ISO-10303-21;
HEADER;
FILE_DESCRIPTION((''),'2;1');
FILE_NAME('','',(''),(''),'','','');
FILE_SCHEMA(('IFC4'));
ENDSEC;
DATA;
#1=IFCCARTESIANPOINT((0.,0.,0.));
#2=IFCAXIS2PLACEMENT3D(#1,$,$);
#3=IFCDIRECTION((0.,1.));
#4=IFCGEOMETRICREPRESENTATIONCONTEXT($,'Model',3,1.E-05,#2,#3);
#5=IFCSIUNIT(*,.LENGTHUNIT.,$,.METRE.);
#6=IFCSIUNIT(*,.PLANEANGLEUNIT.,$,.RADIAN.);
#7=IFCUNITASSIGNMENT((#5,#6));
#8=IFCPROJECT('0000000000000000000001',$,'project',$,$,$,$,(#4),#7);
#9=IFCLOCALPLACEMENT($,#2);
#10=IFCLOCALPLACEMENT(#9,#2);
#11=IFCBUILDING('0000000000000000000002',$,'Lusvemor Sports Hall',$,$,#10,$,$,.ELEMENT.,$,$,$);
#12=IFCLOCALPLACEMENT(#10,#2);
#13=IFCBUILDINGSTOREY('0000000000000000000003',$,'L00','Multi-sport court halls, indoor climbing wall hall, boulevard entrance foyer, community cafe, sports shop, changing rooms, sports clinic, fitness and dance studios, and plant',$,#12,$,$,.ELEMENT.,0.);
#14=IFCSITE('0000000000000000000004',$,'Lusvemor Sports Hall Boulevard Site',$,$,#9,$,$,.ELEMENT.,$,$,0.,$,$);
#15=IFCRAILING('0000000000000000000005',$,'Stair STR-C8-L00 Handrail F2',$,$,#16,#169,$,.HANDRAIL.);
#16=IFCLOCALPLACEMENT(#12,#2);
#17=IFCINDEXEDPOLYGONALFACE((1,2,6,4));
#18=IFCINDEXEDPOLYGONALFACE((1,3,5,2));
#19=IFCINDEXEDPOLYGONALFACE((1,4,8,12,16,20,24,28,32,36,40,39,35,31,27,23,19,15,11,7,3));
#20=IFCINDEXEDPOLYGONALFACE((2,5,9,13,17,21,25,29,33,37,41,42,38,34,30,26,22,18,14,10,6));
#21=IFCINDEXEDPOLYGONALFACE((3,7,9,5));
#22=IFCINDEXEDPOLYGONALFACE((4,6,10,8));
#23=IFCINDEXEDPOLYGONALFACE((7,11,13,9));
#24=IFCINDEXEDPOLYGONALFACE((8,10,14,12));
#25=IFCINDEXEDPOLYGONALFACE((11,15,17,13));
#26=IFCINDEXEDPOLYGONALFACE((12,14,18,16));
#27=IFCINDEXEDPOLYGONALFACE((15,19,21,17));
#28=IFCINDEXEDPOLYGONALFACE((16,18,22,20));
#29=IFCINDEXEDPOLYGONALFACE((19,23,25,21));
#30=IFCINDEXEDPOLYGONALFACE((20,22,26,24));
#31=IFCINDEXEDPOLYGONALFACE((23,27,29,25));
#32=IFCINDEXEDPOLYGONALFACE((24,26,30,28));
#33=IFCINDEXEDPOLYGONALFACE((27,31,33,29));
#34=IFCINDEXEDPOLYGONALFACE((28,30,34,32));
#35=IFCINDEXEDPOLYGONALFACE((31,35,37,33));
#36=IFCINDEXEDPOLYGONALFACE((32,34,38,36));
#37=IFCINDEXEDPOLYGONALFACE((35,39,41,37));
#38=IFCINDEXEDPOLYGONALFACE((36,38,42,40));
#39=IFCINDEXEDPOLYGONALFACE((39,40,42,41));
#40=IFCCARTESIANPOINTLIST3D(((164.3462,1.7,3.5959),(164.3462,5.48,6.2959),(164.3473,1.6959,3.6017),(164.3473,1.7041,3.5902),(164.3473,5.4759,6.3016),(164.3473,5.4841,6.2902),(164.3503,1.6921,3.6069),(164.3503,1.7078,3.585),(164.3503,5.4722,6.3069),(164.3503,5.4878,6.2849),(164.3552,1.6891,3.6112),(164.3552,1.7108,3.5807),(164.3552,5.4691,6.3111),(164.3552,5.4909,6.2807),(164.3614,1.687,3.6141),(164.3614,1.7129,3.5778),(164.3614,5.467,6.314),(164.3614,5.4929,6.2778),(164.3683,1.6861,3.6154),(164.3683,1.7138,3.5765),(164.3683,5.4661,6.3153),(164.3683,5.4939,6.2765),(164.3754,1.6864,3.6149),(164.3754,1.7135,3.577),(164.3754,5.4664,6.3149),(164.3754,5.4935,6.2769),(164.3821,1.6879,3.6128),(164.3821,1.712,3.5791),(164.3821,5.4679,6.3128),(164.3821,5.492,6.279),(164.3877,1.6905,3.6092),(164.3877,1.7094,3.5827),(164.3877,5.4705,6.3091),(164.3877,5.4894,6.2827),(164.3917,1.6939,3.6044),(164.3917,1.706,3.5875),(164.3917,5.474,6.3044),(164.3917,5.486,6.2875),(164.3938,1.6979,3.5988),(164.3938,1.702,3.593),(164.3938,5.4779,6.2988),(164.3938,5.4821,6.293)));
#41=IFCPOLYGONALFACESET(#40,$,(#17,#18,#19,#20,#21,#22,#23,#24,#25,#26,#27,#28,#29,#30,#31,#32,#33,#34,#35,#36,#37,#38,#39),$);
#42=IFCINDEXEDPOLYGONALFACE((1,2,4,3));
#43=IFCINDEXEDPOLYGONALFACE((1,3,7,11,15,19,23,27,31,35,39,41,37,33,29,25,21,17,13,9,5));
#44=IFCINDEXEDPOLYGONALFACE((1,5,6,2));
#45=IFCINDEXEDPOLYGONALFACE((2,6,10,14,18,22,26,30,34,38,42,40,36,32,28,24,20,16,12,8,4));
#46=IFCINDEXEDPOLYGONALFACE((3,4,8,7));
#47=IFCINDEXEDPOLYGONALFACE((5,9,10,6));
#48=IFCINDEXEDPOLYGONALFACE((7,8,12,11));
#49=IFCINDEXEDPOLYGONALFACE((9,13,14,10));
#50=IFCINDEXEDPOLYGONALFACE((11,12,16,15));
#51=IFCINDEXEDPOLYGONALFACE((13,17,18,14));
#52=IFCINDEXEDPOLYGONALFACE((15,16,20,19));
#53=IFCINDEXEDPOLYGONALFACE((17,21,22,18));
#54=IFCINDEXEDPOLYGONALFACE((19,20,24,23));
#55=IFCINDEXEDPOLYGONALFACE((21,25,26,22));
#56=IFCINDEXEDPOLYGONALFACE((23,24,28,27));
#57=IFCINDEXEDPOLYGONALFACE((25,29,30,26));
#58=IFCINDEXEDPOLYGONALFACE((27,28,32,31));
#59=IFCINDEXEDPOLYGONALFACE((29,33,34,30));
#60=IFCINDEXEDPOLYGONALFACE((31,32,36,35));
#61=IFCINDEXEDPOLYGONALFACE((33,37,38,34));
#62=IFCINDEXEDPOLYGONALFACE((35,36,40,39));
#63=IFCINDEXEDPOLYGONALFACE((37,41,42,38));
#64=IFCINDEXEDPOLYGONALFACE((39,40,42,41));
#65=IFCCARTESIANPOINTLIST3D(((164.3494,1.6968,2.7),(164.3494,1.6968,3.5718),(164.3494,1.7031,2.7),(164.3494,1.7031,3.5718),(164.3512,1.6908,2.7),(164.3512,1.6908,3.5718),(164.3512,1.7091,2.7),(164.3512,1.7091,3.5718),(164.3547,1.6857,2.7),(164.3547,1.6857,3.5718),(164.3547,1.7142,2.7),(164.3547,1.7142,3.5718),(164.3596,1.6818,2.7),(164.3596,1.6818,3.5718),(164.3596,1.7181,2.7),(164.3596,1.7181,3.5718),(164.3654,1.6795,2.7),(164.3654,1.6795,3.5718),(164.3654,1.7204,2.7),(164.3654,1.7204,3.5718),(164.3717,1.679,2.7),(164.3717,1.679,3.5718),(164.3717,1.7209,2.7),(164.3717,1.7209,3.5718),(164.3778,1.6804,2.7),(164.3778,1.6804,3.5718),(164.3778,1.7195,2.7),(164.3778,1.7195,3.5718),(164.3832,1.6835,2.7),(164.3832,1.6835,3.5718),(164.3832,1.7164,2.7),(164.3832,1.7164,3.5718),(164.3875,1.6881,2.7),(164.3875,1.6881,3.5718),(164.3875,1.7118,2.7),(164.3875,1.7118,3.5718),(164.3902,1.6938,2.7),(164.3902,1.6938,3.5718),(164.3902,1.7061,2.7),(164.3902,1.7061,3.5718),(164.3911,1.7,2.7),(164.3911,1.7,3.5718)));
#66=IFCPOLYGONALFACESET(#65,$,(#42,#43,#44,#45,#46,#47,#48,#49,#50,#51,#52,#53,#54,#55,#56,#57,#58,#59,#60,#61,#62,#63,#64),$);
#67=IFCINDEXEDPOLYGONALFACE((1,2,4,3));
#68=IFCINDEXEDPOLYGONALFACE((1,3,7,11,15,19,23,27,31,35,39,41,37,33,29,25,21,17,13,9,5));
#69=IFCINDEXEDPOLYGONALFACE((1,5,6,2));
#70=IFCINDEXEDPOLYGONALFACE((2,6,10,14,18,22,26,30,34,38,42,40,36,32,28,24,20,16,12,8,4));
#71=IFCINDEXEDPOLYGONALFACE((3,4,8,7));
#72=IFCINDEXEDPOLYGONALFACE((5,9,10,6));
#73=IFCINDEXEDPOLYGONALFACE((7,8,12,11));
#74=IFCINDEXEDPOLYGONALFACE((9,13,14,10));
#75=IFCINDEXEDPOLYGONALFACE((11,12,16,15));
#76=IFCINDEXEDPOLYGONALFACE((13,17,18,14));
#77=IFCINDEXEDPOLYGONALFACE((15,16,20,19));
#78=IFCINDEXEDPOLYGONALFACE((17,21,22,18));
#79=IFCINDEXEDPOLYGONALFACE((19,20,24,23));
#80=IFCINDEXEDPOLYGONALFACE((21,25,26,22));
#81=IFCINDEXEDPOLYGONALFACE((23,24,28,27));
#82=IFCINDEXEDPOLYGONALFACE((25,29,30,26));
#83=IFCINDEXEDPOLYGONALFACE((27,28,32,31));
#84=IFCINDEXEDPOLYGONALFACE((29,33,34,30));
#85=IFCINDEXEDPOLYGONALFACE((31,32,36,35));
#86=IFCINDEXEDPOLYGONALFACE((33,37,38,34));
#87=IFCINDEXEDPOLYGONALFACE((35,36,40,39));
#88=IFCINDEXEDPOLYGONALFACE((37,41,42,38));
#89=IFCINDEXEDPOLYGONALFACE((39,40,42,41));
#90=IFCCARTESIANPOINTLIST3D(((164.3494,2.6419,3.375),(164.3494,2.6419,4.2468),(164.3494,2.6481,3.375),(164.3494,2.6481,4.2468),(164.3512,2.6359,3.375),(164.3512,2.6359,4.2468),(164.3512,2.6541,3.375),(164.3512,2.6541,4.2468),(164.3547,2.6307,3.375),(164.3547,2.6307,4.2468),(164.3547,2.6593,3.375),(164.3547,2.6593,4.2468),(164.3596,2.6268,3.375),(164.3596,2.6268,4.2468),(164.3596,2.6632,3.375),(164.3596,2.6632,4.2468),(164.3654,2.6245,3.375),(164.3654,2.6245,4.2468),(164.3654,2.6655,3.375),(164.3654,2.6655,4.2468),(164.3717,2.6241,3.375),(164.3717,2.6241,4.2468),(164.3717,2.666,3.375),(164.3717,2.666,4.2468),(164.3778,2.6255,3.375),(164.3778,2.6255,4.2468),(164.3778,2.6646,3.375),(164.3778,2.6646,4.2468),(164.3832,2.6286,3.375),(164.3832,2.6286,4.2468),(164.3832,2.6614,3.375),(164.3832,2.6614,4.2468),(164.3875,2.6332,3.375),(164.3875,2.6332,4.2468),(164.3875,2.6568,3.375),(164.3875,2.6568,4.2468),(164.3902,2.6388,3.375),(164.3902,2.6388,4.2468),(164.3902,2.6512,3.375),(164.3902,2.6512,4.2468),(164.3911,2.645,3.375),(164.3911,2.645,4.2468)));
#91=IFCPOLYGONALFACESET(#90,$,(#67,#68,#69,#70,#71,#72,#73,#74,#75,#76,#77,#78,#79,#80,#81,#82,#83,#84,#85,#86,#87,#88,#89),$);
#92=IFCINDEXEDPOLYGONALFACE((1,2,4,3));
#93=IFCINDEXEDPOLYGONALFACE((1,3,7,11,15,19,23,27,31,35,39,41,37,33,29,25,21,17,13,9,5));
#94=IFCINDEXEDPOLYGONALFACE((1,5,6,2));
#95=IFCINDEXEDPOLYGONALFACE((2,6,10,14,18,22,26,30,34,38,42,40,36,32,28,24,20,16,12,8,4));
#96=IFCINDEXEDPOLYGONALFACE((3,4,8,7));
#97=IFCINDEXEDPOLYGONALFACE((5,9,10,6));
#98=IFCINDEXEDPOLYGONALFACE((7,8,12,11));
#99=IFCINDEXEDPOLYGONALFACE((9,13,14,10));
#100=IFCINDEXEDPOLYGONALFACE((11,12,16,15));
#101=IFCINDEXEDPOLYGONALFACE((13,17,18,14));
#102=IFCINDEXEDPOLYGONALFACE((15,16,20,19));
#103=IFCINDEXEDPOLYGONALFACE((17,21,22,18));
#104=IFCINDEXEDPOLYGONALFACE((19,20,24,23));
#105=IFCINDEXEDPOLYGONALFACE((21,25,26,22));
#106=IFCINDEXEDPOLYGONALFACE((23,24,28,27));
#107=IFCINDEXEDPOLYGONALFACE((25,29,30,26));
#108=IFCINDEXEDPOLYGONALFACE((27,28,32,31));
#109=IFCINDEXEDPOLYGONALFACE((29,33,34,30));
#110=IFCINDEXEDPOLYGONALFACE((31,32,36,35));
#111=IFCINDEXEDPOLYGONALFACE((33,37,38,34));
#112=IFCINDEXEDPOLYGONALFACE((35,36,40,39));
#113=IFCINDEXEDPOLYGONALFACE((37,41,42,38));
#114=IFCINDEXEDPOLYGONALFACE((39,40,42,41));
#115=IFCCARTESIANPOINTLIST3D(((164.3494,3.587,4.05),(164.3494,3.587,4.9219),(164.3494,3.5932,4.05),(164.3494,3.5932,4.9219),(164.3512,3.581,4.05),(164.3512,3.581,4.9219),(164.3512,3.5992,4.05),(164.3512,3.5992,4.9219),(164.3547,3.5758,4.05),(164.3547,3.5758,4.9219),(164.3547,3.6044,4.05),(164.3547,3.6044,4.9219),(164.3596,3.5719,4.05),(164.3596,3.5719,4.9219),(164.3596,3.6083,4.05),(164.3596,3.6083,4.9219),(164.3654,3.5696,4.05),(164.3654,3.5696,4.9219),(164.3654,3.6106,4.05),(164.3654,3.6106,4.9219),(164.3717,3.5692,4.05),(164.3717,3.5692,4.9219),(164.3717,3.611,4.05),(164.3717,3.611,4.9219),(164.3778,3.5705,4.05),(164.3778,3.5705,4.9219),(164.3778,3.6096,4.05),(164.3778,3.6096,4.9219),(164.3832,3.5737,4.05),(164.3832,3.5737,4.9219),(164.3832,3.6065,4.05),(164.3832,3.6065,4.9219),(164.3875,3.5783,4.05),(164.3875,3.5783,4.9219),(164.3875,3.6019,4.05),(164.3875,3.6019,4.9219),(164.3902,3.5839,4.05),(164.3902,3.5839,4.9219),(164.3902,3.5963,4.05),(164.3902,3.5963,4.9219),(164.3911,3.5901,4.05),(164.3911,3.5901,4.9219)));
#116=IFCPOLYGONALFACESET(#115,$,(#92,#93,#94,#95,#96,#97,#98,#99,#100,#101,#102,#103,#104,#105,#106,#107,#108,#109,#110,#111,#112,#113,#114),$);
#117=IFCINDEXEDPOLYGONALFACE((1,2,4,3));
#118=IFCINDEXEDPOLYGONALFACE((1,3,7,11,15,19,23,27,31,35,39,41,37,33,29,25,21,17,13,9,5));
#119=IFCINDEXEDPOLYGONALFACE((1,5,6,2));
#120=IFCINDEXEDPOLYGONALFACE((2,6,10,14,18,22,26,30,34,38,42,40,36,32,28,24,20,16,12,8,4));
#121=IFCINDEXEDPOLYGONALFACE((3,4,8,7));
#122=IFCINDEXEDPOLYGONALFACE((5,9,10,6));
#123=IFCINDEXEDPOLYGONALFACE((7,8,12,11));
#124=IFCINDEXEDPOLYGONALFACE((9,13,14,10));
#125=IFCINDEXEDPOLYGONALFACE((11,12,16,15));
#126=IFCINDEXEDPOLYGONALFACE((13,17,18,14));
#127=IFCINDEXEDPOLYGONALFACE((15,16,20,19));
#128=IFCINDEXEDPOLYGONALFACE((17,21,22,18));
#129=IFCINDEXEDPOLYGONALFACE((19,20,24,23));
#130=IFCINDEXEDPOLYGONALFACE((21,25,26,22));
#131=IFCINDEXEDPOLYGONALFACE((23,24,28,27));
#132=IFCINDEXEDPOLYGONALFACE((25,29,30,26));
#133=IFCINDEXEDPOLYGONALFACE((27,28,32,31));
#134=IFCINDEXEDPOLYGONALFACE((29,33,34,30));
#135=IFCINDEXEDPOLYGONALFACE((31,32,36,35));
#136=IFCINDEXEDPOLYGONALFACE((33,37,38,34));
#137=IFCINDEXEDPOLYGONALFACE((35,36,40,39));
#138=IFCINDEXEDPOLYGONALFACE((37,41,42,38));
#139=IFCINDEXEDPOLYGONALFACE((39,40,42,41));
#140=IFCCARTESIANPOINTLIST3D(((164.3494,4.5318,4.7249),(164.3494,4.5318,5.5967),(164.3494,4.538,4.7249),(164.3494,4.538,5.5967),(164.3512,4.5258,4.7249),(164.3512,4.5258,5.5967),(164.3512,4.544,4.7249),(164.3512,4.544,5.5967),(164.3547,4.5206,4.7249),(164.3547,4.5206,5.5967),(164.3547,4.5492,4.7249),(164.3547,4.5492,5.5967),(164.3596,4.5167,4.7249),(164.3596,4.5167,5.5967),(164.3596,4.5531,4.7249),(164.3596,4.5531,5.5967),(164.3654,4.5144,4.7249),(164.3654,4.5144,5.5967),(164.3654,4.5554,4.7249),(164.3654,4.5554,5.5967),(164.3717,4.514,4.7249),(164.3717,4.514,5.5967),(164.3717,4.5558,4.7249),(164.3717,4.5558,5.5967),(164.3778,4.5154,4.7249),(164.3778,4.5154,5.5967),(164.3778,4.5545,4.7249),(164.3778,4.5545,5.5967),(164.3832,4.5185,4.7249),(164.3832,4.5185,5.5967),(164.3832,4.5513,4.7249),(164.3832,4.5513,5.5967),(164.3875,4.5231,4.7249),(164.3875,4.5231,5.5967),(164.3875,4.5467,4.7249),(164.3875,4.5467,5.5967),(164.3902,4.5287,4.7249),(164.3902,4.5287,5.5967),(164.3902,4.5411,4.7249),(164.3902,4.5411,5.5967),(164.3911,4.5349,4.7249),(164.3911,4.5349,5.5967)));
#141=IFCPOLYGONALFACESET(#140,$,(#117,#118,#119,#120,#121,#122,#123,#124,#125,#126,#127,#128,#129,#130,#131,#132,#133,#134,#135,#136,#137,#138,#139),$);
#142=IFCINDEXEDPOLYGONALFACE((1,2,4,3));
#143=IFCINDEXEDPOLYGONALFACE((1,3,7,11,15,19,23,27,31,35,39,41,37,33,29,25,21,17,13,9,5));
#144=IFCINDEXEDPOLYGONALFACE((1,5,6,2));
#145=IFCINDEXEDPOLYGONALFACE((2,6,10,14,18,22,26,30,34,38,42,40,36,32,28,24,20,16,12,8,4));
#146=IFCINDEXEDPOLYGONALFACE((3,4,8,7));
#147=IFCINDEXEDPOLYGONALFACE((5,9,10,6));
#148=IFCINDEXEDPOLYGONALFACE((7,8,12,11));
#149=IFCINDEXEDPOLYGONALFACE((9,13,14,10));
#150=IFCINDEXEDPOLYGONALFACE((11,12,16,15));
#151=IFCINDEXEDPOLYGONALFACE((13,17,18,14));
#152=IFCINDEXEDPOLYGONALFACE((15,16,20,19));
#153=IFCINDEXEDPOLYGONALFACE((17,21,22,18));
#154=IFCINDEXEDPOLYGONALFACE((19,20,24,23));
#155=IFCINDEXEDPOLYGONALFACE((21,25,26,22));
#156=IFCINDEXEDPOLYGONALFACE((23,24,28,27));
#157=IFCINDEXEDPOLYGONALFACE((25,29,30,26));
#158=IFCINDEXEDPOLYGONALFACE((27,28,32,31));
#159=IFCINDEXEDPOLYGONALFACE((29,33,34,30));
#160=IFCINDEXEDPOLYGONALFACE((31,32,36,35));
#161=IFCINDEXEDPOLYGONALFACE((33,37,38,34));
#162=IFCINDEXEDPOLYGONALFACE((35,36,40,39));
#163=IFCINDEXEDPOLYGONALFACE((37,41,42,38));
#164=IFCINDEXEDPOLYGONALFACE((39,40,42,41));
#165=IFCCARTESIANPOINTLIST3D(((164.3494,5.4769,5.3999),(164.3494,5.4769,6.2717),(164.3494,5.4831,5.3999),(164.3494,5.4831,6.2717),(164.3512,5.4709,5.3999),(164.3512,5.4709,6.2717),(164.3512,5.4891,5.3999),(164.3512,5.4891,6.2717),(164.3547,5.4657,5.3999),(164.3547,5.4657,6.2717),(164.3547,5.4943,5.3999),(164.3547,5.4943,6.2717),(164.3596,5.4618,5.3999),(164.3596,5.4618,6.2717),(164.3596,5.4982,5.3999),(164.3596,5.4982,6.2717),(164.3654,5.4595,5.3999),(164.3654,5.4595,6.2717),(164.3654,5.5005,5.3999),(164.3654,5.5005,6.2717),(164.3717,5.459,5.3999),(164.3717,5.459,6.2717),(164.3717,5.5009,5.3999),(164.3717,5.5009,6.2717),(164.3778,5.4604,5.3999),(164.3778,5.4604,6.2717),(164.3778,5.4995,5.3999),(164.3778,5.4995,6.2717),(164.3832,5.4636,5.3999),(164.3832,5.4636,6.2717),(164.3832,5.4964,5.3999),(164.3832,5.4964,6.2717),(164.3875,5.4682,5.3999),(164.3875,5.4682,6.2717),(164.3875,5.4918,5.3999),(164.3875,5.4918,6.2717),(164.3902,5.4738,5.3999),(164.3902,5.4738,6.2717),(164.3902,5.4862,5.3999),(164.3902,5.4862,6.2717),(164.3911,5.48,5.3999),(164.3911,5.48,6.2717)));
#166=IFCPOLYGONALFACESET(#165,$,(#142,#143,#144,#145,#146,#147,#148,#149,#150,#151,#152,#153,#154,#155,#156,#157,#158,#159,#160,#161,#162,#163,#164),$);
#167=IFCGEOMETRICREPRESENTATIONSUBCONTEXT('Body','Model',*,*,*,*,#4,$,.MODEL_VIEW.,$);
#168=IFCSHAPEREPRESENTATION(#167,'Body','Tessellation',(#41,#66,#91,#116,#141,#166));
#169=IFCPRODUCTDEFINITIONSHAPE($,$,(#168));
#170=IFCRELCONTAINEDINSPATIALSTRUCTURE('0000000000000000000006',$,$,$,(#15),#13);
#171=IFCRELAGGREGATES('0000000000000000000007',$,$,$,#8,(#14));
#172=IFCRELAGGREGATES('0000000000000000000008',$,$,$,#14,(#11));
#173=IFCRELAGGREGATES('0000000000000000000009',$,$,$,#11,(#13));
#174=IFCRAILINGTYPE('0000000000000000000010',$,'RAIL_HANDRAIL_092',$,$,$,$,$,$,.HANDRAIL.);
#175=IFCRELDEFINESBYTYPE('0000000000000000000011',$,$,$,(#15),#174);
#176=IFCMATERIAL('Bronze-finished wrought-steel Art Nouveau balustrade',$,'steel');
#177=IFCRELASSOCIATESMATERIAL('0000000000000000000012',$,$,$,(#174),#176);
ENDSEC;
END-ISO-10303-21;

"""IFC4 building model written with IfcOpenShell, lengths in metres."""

from ifc_helpers import new_model, si_unit, direction, frame, origin, origin_2d, place, context, subcontext, project, spatial, circle, extrude, material, type_object, element, save


model = new_model("IFC4")

# Units and contexts
model_context = context("Model", 3, precision=1e-05, world=origin(), true_north=direction((0.0, 1.0)))
body_context = subcontext(model_context, "Body", "Model", "MODEL_VIEW")
ifc_project = project(units=[si_unit("LENGTHUNIT", "METRE"), si_unit("PLANEANGLEUNIT", "RADIAN")], contexts=[model_context])

# Site, building, storey
site_placement = place(None, origin())
site = spatial("IfcSite", under=ifc_project, at=site_placement, Name="Lusvemor Sports Hall Boulevard Site", CompositionType="ELEMENT", RefElevation=0.0)
building_placement = place(site_placement, origin())
building = spatial("IfcBuilding", under=site, at=building_placement, Name="Lusvemor Sports Hall", CompositionType="ELEMENT")
storey_placement = place(building_placement, origin())
storey = spatial("IfcBuildingStorey", under=building, at=storey_placement, Name="L00", Description="Multi-sport court halls, indoor climbing wall hall, boulevard entrance foyer, community cafe, sports shop, changing rooms, sports clinic, fitness and dance studios, and plant", CompositionType="ELEMENT", Elevation=0.0)

# Railing
ifc_material_1 = material(Name="Bronze-finished wrought-steel Art Nouveau balustrade", Category="steel")
railing_type = type_object("IfcRailingType", Name="RAIL_HANDRAIL_092", PredefinedType="HANDRAIL", material=ifc_material_1)
railing_1_placement = place(storey_placement, frame((164.3701, 1.7, 2.7)))
element("IfcRailing", 1, at=railing_1_placement, inside=storey, type_object=railing_type, Name="Stair STR-C8-L00 Handrail F2", PredefinedType="HANDRAIL", context=body_context, shape_type="SweptSolid", body=[
    extrude(circle(Radius=0.0239, at=origin_2d()), frame((0.0, 0.0, 0.896), z_axis=(0.0, 0.813741, 0.581228), x_axis=(-1.0, 0.0, 0.0)), (0.0, 0.0, 1.0), 4.6453),
    extrude(circle(Radius=0.021, at=origin_2d()), origin(), (0.0, 0.0, 1.0), 0.8718),
    extrude(circle(Radius=0.021, at=origin_2d()), frame((0.0, 0.9451, 0.675)), (0.0, 0.0, 1.0), 0.8718),
    extrude(circle(Radius=0.021, at=origin_2d()), frame((0.0, 1.8901, 1.3501)), (0.0, 0.0, 1.0), 0.8718),
    extrude(circle(Radius=0.021, at=origin_2d()), frame((0.0, 2.835, 2.0249)), (0.0, 0.0, 1.0), 0.8718),
    extrude(circle(Radius=0.021, at=origin_2d()), frame((0.0, 3.78, 2.7)), (0.0, 0.0, 1.0), 0.8718),
])

save(model, "model.ifc")
